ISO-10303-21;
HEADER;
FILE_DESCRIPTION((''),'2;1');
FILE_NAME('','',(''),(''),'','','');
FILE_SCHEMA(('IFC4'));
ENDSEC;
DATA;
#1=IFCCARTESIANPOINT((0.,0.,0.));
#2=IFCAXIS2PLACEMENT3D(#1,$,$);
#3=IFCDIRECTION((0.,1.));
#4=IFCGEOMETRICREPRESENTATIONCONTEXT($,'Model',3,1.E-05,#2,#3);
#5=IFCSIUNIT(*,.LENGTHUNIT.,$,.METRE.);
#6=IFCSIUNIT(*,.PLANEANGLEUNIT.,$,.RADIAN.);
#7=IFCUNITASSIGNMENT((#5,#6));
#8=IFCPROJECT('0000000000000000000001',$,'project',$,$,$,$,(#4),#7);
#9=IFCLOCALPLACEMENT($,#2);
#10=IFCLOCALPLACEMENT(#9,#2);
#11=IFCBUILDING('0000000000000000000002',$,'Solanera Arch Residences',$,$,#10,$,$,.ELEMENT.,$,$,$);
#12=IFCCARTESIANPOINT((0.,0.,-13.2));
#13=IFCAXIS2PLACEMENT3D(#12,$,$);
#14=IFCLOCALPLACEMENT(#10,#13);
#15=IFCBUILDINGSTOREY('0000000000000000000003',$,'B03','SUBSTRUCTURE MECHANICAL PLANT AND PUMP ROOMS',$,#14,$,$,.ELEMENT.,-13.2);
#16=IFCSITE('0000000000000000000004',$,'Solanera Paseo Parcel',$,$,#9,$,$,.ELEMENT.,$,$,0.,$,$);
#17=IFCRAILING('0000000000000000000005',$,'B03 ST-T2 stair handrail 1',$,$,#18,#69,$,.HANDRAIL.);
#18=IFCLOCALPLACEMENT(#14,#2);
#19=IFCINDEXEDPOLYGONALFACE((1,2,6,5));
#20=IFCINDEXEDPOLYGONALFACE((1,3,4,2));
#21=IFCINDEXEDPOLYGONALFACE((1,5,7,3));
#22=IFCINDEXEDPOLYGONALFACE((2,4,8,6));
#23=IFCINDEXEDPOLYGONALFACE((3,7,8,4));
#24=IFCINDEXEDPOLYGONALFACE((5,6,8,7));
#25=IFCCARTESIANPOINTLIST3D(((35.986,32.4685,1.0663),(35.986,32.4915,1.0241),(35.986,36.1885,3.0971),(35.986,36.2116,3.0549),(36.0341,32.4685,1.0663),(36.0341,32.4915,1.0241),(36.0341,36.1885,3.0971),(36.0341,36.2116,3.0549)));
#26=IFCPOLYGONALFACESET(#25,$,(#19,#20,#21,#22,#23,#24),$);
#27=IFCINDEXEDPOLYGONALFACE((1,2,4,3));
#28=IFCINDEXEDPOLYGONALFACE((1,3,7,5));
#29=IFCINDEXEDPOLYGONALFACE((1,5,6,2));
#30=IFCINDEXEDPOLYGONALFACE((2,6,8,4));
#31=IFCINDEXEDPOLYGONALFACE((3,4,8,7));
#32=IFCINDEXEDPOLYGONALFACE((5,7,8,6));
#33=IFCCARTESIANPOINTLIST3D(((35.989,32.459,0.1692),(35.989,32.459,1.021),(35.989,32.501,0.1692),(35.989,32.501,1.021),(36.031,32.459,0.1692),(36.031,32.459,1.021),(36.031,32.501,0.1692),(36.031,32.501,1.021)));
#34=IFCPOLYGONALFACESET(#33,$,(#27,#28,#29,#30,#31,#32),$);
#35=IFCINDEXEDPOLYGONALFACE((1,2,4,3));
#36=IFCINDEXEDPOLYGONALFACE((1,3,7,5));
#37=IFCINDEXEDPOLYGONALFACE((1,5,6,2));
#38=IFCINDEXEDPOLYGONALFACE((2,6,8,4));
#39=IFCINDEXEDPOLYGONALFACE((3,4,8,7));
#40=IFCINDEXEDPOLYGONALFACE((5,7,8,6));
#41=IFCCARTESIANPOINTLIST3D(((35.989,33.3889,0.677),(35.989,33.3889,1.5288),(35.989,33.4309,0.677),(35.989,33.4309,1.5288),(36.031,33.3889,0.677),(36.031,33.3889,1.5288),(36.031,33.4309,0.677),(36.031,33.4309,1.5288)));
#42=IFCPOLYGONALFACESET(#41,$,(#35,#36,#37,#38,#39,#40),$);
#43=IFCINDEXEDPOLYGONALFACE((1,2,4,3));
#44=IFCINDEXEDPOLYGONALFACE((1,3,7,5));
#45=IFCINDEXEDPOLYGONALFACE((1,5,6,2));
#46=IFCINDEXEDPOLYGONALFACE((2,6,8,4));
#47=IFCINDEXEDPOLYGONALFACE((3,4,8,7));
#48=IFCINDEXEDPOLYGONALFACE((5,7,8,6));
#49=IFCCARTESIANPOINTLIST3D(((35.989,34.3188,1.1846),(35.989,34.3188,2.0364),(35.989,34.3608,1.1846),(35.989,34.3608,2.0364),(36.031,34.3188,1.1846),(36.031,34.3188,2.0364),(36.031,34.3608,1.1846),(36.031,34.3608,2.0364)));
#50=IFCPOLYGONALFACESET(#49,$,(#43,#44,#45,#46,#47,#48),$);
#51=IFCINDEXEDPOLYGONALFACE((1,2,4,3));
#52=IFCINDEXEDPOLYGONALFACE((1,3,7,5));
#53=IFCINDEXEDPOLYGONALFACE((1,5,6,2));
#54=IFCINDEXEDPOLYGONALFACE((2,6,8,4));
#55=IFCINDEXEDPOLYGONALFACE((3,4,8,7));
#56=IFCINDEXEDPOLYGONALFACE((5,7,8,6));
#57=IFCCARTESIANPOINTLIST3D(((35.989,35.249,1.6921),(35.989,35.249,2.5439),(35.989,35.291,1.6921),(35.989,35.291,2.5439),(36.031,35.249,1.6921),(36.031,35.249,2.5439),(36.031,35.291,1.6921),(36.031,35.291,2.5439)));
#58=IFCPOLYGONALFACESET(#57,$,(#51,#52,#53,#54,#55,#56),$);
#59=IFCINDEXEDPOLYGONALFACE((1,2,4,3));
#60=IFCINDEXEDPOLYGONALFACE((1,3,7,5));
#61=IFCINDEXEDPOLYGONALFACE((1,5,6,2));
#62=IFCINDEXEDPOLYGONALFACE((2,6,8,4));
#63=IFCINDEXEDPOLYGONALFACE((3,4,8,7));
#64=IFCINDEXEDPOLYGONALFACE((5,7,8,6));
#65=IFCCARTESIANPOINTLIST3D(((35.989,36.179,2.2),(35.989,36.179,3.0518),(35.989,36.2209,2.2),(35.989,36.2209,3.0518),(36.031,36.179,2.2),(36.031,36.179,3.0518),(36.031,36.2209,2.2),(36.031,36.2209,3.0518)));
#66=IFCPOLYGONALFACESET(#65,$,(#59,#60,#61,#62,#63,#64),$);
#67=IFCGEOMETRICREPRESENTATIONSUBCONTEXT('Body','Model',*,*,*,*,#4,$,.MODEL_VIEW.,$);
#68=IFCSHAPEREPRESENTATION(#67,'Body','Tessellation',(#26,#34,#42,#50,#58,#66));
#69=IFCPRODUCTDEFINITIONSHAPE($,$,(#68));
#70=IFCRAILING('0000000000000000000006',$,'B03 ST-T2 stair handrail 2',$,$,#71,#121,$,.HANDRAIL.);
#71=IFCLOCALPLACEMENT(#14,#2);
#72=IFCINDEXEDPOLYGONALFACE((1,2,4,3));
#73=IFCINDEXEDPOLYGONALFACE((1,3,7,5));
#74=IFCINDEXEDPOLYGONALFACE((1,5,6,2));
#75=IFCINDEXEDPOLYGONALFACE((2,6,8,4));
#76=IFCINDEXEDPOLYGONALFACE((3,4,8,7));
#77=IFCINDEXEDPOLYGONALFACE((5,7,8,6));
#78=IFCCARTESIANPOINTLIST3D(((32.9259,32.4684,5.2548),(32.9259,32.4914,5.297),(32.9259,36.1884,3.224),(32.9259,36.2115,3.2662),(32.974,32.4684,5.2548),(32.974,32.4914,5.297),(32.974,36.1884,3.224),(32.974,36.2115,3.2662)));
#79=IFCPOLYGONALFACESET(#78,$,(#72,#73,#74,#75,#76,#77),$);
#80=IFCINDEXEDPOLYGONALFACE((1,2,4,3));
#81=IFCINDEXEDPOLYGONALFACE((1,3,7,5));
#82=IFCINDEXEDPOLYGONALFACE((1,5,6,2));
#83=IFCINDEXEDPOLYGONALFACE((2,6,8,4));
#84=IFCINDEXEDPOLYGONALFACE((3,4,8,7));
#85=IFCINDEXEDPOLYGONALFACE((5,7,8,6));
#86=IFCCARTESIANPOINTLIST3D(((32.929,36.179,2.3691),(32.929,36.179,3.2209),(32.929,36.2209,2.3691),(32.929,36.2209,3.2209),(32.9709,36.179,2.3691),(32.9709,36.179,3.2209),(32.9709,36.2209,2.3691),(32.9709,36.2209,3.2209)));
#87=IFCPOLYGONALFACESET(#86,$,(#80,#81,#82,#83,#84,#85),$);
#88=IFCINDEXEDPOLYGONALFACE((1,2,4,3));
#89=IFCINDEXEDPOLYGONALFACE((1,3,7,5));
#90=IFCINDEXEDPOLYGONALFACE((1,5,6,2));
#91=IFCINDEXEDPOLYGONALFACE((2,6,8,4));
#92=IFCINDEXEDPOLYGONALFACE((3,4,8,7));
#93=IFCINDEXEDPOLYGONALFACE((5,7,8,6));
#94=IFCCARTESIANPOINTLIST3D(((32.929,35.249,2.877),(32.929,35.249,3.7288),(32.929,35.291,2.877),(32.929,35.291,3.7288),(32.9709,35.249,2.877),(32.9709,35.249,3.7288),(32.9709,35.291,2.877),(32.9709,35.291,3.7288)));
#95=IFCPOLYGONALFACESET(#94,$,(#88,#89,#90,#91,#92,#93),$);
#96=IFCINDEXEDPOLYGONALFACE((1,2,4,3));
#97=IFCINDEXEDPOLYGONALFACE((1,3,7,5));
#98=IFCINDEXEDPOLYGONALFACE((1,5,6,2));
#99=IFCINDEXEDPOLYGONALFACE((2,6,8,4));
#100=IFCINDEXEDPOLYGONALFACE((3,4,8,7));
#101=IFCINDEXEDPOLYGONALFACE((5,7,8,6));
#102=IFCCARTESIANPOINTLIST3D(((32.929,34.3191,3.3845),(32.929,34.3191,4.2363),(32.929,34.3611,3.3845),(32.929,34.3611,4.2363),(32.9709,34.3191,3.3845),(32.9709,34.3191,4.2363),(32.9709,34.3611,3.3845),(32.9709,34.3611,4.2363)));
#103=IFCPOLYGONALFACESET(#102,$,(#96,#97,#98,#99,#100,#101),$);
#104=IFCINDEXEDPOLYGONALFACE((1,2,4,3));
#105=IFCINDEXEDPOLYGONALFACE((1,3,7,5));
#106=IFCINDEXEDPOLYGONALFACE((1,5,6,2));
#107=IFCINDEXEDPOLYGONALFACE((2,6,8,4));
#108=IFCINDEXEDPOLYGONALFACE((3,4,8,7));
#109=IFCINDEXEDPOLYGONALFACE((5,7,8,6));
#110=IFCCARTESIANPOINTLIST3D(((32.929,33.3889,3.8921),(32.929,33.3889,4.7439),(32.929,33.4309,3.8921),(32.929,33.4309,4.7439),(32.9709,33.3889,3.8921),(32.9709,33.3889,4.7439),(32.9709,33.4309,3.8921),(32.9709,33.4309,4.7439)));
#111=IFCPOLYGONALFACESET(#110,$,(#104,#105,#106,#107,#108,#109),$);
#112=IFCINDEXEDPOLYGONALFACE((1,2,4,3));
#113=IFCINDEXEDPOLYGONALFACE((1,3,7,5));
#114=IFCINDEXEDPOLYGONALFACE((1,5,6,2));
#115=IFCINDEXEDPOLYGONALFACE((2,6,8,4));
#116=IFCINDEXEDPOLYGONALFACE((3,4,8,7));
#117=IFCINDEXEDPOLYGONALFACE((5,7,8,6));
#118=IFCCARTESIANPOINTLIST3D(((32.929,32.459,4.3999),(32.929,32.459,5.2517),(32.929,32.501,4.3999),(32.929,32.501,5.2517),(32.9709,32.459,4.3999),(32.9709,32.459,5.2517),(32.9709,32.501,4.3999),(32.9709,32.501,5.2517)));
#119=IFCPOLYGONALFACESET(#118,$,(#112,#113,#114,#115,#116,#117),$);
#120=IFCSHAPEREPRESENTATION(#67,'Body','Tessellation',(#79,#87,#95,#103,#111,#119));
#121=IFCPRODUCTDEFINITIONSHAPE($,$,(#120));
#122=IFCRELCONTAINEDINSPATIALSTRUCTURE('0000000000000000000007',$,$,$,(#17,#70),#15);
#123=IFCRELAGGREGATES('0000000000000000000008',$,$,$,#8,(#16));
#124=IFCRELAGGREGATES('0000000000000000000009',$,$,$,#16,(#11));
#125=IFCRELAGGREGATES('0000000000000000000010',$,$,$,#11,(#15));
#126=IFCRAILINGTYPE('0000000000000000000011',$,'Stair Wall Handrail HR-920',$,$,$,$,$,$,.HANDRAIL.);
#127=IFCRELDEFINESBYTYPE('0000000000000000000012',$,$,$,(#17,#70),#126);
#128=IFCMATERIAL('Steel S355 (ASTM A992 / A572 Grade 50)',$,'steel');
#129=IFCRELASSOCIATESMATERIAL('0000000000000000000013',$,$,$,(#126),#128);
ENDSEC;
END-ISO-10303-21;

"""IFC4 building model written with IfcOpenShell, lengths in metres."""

from ifc_helpers import new_model, si_unit, direction, frame, origin, origin_2d, place, context, subcontext, project, spatial, rectangle, extrude, material, type_object, element, save


model = new_model("IFC4")

# Units and contexts
model_context = context("Model", 3, precision=1e-05, world=origin(), true_north=direction((0.0, 1.0)))
body_context = subcontext(model_context, "Body", "Model", "MODEL_VIEW")
ifc_project = project(units=[si_unit("LENGTHUNIT", "METRE"), si_unit("PLANEANGLEUNIT", "RADIAN")], contexts=[model_context])

# Site, building, storey
site_placement = place(None, origin())
site = spatial("IfcSite", under=ifc_project, at=site_placement, Name="Solanera Paseo Parcel", CompositionType="ELEMENT", RefElevation=0.0)
building_placement = place(site_placement, origin())
building = spatial("IfcBuilding", under=site, at=building_placement, Name="Solanera Arch Residences", CompositionType="ELEMENT")
storey_placement = place(building_placement, frame((0.0, 0.0, -13.2)))
storey = spatial("IfcBuildingStorey", under=building, at=storey_placement, Name="B03", Description="SUBSTRUCTURE MECHANICAL PLANT AND PUMP ROOMS", CompositionType="ELEMENT", Elevation=-13.2)

# Railings
ifc_material_1 = material(Name="Steel S355 (ASTM A992 / A572 Grade 50)", Category="steel")
railing_type_1 = type_object("IfcRailingType", Name="Stair Wall Handrail HR-920", PredefinedType="HANDRAIL", material=ifc_material_1)
railing_1_placement = place(storey_placement, frame((36.01, 32.48, 0.1692)))
element("IfcRailing", 1, at=railing_1_placement, inside=storey, type_object=railing_type_1, Name="B03 ST-T2 stair handrail 1", PredefinedType="HANDRAIL", context=body_context, shape_type="SweptSolid", body=[
    extrude(rectangle(XDim=0.0481, YDim=0.0481, at=origin_2d()), frame((0.0, 0.0, 0.876), z_axis=(0.0, 0.877728, 0.479159), x_axis=(-1.0, 0.0, 0.0)), (0.0, 0.0, 1.0), 4.2383),
    extrude(rectangle(XDim=0.042, YDim=0.042, at=origin_2d()), origin(), (0.0, 0.0, 1.0), 0.8518),
    extrude(rectangle(XDim=0.042, YDim=0.042, at=origin_2d()), frame((0.0, 0.9299, 0.5078)), (0.0, 0.0, 1.0), 0.8518),
    extrude(rectangle(XDim=0.042, YDim=0.042, at=origin_2d()), frame((0.0, 1.8599, 1.0154)), (0.0, 0.0, 1.0), 0.8518),
    extrude(rectangle(XDim=0.042, YDim=0.042, at=origin_2d()), frame((0.0, 2.79, 1.5229)), (0.0, 0.0, 1.0), 0.8518),
    extrude(rectangle(XDim=0.042, YDim=0.042, at=origin_2d()), frame((0.0, 3.72, 2.0308)), (0.0, 0.0, 1.0), 0.8518),
])
railing_2_placement = place(storey_placement, frame((32.95, 36.2, 2.3691)))
element("IfcRailing", 2, at=railing_2_placement, inside=storey, type_object=railing_type_1, Name="B03 ST-T2 stair handrail 2", PredefinedType="HANDRAIL", context=body_context, shape_type="SweptSolid", body=[
    extrude(rectangle(XDim=0.0481, YDim=0.0481, at=origin_2d()), frame((0.0, 0.0, 0.876), z_axis=(0.0, -0.877728, 0.479159), x_axis=(1.0, 0.0, 0.0)), (0.0, 0.0, 1.0), 4.2383),
    extrude(rectangle(XDim=0.042, YDim=0.042, at=origin_2d()), origin(), (0.0, 0.0, 1.0), 0.8518),
    extrude(rectangle(XDim=0.042, YDim=0.042, at=origin_2d()), frame((0.0, -0.9299, 0.5078)), (0.0, 0.0, 1.0), 0.8518),
    extrude(rectangle(XDim=0.042, YDim=0.042, at=origin_2d()), frame((0.0, -1.8599, 1.0154)), (0.0, 0.0, 1.0), 0.8518),
    extrude(rectangle(XDim=0.042, YDim=0.042, at=origin_2d()), frame((0.0, -2.79, 1.5229)), (0.0, 0.0, 1.0), 0.8518),
    extrude(rectangle(XDim=0.042, YDim=0.042, at=origin_2d()), frame((0.0, -3.72, 2.0308)), (0.0, 0.0, 1.0), 0.8518),
])

save(model, "model.ifc")
